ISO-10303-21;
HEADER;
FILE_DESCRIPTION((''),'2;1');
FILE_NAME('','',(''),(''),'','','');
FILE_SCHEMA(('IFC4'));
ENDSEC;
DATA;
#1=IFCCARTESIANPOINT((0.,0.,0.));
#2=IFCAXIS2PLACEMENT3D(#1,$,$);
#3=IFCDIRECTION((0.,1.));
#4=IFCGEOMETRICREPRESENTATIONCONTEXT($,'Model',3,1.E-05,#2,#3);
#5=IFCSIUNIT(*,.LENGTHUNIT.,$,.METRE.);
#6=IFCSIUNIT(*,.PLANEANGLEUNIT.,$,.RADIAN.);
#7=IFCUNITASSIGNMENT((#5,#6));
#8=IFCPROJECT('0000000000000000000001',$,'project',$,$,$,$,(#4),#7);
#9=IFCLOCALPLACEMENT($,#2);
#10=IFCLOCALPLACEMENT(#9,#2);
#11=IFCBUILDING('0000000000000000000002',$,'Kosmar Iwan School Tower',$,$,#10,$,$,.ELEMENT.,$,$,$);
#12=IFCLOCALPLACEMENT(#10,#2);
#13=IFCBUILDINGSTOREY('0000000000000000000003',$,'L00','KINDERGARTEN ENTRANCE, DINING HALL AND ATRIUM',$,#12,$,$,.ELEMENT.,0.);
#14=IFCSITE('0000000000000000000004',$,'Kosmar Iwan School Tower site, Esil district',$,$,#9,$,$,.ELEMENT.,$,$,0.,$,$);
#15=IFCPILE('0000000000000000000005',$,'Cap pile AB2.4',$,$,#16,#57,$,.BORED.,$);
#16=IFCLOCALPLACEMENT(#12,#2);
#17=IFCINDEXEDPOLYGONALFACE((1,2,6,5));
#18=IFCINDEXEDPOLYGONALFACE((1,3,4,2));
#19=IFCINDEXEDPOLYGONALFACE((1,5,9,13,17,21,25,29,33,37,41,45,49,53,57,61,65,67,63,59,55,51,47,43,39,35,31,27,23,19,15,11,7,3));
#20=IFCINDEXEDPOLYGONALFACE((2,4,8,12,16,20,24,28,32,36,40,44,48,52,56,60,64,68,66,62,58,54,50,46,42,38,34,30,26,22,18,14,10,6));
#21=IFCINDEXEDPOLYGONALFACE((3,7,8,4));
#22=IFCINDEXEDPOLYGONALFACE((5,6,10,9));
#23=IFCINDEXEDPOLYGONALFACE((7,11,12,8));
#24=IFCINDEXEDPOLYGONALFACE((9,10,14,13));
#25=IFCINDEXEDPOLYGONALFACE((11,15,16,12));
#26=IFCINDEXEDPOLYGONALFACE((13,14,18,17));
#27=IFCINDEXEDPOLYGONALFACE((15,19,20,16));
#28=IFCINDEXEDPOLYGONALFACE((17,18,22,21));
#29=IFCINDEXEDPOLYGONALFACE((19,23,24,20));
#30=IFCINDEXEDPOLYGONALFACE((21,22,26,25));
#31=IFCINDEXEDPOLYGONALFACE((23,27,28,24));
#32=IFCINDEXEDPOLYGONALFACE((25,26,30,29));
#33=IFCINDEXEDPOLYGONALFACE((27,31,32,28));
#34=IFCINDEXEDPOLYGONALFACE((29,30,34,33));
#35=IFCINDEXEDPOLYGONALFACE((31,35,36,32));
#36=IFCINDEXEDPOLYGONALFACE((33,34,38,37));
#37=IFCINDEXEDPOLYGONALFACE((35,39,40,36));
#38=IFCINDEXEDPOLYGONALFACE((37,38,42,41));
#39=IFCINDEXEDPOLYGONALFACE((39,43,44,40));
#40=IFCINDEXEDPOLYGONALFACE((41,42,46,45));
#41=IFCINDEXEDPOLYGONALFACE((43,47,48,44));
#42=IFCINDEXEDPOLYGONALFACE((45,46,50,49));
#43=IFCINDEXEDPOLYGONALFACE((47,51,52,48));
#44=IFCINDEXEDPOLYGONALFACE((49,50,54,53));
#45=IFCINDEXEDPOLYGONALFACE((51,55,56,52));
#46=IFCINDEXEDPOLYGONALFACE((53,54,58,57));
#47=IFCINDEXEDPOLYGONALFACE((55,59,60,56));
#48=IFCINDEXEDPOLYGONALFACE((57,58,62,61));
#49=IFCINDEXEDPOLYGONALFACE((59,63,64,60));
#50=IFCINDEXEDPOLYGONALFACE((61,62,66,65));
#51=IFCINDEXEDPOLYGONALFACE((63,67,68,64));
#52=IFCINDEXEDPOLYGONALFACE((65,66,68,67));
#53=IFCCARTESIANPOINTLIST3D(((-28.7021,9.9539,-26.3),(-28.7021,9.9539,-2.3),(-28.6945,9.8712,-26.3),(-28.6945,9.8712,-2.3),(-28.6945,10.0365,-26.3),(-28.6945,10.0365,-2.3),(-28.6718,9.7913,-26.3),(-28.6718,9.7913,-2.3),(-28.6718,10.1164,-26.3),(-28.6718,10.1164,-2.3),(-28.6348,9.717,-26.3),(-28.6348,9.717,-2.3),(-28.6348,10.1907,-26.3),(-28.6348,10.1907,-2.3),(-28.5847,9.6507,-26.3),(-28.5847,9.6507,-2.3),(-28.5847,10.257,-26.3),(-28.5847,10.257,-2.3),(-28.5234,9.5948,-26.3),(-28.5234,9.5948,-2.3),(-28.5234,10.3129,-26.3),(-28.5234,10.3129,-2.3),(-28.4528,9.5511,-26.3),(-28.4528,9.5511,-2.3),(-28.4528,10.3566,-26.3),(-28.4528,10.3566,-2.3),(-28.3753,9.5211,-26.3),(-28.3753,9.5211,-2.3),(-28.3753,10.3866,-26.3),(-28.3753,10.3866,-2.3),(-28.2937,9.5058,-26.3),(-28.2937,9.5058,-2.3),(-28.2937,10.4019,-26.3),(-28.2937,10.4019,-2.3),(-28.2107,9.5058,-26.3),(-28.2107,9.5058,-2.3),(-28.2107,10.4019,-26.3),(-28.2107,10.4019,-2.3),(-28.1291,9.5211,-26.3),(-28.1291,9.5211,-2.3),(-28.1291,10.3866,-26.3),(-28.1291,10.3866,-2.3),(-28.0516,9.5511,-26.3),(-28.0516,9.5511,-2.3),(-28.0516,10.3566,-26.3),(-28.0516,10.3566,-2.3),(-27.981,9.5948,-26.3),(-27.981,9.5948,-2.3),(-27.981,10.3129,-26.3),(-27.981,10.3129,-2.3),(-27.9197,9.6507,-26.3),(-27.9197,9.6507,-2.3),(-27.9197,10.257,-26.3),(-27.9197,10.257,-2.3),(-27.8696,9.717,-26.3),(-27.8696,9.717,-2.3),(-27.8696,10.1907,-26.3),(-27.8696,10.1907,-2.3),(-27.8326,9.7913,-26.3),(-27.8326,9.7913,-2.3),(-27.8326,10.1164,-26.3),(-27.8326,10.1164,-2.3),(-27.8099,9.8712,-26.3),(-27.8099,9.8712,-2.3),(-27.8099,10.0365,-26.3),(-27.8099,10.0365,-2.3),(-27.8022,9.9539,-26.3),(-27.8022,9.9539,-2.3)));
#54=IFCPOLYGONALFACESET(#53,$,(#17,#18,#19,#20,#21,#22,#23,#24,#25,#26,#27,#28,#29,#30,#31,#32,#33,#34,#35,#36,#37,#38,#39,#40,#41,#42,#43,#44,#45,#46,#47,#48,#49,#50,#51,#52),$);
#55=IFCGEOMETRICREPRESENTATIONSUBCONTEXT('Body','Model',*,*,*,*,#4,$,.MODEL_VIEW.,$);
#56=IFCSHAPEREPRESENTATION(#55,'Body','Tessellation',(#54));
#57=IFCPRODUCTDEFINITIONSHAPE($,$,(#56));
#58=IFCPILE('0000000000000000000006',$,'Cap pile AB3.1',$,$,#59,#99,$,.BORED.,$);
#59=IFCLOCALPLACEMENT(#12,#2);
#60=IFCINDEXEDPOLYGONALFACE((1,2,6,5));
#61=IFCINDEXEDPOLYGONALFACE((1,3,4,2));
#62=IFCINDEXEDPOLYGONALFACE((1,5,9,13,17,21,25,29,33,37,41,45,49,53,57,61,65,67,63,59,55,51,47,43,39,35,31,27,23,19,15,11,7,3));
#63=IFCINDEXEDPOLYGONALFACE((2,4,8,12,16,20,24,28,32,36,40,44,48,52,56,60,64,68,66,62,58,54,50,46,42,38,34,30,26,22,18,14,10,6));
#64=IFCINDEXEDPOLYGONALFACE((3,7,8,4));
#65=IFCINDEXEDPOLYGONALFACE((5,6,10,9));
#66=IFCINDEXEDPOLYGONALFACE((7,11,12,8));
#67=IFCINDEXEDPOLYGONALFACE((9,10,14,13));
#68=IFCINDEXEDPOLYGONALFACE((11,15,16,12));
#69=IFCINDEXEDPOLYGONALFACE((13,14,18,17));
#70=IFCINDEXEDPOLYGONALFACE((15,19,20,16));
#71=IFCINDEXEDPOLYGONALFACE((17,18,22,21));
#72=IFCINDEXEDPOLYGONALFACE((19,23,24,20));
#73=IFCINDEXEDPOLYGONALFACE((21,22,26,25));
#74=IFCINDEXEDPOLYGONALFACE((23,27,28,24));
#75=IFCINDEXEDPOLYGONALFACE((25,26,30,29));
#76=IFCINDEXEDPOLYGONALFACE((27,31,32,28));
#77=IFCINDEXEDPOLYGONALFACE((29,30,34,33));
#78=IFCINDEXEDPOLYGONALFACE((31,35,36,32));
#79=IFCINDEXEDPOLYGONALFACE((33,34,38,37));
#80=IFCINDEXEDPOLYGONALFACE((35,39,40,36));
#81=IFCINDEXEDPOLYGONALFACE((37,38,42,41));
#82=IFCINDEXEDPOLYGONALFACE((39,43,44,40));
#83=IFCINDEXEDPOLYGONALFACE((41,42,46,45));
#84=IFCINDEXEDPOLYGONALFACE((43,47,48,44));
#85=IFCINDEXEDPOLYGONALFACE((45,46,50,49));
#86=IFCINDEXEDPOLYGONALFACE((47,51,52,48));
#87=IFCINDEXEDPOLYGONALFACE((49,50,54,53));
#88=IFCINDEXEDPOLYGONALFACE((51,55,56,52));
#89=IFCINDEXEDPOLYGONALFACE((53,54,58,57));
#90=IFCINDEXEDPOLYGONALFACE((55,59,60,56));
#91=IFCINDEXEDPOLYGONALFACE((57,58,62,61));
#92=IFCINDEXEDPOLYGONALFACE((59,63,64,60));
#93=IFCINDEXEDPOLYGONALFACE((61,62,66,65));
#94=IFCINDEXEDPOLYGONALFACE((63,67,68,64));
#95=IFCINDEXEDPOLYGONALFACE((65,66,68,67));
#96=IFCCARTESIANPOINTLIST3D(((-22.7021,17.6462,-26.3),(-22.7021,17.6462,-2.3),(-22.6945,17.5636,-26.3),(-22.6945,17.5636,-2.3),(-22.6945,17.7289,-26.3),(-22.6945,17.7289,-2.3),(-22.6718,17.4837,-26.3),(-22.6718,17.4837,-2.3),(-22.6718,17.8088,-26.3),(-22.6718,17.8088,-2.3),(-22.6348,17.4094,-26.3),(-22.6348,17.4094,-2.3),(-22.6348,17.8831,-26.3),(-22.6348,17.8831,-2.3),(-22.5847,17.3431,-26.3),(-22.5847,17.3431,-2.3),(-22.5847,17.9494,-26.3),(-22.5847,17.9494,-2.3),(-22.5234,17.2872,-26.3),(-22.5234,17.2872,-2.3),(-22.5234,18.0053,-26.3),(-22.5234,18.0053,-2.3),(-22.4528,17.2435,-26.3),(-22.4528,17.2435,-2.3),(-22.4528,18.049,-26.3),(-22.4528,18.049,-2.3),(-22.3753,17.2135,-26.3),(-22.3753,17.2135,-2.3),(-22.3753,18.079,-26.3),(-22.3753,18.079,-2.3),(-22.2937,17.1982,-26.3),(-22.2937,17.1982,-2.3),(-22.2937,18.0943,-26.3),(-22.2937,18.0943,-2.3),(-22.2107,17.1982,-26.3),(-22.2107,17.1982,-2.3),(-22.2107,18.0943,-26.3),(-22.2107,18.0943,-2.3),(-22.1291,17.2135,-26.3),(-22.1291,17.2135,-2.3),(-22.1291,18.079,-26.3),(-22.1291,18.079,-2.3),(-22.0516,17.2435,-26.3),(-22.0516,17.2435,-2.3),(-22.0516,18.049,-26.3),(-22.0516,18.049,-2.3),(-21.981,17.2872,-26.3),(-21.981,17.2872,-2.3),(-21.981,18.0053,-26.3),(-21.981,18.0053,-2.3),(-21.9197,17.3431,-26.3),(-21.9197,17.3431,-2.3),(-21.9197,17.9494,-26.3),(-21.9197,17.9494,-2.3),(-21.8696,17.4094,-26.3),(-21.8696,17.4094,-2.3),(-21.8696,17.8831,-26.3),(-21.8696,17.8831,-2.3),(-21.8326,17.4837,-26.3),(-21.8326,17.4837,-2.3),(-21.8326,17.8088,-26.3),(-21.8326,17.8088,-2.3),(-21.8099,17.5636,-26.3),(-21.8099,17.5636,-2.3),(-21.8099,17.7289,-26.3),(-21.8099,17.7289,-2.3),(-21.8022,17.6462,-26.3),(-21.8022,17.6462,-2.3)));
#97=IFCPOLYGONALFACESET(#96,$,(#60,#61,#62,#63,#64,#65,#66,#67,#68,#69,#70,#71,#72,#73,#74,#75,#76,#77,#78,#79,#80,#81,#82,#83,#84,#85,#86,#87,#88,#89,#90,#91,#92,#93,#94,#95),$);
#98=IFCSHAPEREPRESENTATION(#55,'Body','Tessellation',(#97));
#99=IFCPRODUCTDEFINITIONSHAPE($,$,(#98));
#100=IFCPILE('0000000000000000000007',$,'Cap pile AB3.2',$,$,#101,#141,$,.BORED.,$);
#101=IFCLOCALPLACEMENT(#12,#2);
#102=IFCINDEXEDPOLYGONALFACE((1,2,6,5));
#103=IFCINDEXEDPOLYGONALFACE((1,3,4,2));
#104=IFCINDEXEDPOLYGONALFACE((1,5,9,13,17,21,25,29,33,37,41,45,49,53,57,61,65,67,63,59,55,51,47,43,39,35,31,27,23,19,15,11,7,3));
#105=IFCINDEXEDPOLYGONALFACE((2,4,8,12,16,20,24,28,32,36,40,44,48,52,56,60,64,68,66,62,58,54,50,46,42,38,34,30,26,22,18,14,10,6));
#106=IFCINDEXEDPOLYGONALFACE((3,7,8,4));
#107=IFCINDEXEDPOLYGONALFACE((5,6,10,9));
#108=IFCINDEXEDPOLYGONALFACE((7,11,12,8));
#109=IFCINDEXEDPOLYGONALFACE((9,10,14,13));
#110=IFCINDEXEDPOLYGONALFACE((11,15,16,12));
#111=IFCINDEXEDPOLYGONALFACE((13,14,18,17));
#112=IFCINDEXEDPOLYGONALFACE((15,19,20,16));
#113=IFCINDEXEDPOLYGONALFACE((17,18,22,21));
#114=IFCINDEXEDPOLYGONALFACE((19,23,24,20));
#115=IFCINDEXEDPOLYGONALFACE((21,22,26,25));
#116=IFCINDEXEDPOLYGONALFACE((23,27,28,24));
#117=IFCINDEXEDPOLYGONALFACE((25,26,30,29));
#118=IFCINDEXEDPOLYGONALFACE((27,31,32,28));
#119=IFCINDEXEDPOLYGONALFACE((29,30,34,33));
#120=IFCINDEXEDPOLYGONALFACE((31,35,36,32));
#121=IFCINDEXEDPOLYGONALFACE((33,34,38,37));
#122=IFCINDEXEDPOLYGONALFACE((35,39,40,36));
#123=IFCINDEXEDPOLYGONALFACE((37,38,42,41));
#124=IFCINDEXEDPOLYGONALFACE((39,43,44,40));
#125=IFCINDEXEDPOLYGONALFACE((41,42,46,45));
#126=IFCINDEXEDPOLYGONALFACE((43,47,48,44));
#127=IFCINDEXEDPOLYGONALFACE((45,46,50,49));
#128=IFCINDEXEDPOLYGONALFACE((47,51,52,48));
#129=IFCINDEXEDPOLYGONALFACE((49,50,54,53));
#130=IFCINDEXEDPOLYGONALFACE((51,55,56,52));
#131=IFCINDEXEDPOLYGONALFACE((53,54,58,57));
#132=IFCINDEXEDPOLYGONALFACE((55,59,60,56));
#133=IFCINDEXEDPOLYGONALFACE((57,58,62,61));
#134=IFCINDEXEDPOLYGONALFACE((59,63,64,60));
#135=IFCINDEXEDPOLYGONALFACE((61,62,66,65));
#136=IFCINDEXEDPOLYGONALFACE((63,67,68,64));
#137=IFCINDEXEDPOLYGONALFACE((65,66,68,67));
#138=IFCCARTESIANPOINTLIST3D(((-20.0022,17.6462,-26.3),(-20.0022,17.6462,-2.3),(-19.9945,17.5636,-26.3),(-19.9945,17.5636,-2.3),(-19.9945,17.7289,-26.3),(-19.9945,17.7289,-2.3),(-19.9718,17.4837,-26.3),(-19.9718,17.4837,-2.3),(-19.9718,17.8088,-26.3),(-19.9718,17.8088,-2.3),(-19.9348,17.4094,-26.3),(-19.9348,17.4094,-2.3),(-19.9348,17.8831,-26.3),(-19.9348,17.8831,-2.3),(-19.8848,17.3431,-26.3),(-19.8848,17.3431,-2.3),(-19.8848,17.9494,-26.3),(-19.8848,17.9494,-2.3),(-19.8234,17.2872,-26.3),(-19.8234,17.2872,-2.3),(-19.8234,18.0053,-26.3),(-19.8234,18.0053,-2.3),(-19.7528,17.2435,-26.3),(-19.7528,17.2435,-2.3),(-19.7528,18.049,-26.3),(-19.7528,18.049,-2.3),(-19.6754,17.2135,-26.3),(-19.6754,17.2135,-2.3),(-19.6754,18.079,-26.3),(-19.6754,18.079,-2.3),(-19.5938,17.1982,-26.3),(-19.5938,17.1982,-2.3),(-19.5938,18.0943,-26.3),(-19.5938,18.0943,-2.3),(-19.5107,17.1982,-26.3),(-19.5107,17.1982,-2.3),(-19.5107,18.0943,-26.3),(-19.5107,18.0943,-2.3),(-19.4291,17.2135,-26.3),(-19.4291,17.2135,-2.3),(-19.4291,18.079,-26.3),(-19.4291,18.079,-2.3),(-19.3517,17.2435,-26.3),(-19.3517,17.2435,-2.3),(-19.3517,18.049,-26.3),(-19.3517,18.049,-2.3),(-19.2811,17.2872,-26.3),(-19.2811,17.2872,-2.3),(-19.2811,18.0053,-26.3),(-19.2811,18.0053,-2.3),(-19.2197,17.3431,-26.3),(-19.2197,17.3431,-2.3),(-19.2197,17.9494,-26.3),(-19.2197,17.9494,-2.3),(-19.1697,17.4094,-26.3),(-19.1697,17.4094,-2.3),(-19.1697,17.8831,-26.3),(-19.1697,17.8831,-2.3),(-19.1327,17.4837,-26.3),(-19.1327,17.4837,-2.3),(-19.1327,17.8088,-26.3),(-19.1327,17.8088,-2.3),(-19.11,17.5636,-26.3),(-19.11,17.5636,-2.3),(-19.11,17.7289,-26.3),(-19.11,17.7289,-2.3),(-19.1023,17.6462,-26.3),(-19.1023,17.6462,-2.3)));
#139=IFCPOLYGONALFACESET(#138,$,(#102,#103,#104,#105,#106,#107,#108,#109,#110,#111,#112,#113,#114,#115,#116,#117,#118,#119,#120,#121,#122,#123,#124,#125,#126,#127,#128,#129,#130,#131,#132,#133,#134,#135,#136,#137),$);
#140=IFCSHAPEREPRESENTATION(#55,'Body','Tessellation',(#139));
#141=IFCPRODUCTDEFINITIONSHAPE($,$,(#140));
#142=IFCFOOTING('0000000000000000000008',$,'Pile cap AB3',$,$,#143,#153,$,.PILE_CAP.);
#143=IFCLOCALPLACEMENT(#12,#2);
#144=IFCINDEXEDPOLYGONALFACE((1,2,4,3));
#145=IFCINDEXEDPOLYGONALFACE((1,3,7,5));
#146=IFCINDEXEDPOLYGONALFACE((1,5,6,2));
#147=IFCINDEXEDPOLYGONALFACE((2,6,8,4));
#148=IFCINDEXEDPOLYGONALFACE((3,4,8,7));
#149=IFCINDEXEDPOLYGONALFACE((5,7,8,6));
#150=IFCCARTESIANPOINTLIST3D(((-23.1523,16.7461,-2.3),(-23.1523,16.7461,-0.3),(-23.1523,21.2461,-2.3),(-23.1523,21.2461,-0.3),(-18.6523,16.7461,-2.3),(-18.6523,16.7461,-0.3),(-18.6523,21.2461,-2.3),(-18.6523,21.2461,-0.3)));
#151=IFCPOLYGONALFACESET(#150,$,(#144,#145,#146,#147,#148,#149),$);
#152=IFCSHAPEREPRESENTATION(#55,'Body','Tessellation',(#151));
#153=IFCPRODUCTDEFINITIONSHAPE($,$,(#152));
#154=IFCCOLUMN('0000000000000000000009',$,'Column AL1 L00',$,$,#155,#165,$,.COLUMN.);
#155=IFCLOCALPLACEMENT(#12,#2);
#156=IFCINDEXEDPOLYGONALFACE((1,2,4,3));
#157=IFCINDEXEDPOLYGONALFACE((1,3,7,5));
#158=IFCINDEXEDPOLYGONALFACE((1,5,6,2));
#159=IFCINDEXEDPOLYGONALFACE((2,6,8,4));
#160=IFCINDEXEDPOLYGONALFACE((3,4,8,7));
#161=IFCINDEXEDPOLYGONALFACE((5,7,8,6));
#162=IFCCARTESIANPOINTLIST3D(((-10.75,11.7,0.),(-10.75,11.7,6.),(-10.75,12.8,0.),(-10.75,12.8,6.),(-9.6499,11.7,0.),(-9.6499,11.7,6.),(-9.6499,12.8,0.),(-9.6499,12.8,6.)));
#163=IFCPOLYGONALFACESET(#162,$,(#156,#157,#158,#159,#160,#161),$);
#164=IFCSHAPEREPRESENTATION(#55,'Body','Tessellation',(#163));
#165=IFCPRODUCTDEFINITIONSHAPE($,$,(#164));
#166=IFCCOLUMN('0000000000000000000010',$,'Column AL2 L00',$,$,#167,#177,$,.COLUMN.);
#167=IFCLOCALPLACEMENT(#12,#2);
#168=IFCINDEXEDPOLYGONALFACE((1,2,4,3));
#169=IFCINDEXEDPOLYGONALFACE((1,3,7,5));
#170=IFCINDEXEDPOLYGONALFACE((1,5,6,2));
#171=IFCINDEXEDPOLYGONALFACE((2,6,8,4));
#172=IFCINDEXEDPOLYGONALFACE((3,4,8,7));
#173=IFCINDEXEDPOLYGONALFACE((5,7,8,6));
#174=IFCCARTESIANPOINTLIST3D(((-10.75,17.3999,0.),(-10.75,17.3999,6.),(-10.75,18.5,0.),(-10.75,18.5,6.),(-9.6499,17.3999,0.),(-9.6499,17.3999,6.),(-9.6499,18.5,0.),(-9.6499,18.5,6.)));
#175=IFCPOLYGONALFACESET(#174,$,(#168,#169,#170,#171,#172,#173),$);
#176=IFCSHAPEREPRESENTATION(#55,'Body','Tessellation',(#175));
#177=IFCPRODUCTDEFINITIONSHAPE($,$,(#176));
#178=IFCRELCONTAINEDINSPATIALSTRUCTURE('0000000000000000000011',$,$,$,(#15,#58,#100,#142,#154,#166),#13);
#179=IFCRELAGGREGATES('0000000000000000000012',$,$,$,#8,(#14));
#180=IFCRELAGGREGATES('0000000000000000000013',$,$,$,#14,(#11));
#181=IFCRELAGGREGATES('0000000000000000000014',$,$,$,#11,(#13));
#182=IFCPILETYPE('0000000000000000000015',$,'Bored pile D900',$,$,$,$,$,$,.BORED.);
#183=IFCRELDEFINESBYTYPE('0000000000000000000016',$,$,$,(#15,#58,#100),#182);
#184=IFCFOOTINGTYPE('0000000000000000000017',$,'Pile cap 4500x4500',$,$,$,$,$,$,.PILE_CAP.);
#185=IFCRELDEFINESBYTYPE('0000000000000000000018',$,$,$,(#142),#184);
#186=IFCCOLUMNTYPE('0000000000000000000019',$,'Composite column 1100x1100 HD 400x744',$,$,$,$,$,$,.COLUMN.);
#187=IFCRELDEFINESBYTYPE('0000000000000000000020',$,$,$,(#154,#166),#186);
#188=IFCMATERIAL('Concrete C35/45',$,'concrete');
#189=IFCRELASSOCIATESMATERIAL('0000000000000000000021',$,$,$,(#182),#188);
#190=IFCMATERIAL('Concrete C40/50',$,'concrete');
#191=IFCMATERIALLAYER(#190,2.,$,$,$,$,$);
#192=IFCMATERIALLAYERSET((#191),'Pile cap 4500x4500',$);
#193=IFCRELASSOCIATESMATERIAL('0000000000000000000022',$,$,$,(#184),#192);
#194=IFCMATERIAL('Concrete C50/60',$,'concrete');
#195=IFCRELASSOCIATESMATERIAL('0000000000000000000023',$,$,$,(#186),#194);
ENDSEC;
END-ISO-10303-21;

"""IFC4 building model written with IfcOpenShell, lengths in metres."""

from ifc_helpers import new_model, si_unit, direction, frame, origin, origin_2d, place, context, subcontext, project, spatial, rectangle, circle, extrude, material, layer, layer_set, material_profile, profile_set, type_object, element, save


model = new_model("IFC4")

# Units and contexts
model_context = context("Model", 3, precision=1e-05, world=origin(), true_north=direction((0.0, 1.0)))
body_context = subcontext(model_context, "Body", "Model", "MODEL_VIEW")
ifc_project = project(units=[si_unit("LENGTHUNIT", "METRE"), si_unit("PLANEANGLEUNIT", "RADIAN")], contexts=[model_context])

# Site, building, storey
site_placement = place(None, origin())
site = spatial("IfcSite", under=ifc_project, at=site_placement, Name="Kosmar Iwan School Tower site, Esil district", CompositionType="ELEMENT", RefElevation=0.0)
building_placement = place(site_placement, origin())
building = spatial("IfcBuilding", under=site, at=building_placement, Name="Kosmar Iwan School Tower", CompositionType="ELEMENT")
storey_placement = place(building_placement, origin())
storey = spatial("IfcBuildingStorey", under=building, at=storey_placement, Name="L00", Description="KINDERGARTEN ENTRANCE, DINING HALL AND ATRIUM", CompositionType="ELEMENT", Elevation=0.0)

# Piles
ifc_material_1 = material(Name="Concrete C35/45", Category="concrete")
ifc_material_profile_1 = material_profile(ifc_material_1, circle(Radius=0.45, at=origin_2d()), Name="D900")
ifc_profile_set_1 = profile_set([ifc_material_profile_1], Name="Concrete C35/45")
pile_type_1 = type_object("IfcPileType", Name="Bored pile D900", PredefinedType="BORED", material=ifc_profile_set_1)
for number, where, z_axis, x_axis, name in (
    (1, (-28.2522, 9.9539, -2.3), (0.0, 0.0, -1.0), (1.0, 0.0, 0.0), "Cap pile AB2.4"),
    (2, (-22.2522, 17.6462, -2.3), (0.0, 0.0, -1.0), (1.0, 0.0, 0.0), "Cap pile AB3.1"),
    (3, (-19.5522, 17.6462, -2.3), (0.0, 0.0, -1.0), (1.0, 0.0, 0.0), "Cap pile AB3.2"),
):
    element("IfcPile", number, at=place(storey_placement, frame(where, z_axis=z_axis, x_axis=x_axis)), inside=storey, type_object=pile_type_1, Name=name, PredefinedType="BORED", context=body_context, shape_type="SweptSolid", body=[
        extrude(circle(Radius=0.45, at=origin_2d()), origin(), (0.0, 0.0, 1.0), 24.0),
    ])

# Footing
ifc_material_2 = material(Name="Concrete C40/50", Category="concrete")
ifc_layer_1 = layer(ifc_material_2, 2.0)
ifc_layer_set_1 = layer_set([ifc_layer_1], Name="Pile cap 4500x4500")
footing_type = type_object("IfcFootingType", Name="Pile cap 4500x4500", PredefinedType="PILE_CAP", material=ifc_layer_set_1)
footing_placement = place(storey_placement, frame((-20.9023, 18.9961, -2.3), z_axis=(0.0, 0.0, 1.0), x_axis=(1.0, 0.0, 0.0)))
element("IfcFooting", 4, at=footing_placement, inside=storey, type_object=footing_type, Name="Pile cap AB3", PredefinedType="PILE_CAP", context=body_context, shape_type="SweptSolid", body=[
    extrude(rectangle(XDim=4.5, YDim=4.5, at=origin_2d()), origin(), (0.0, 0.0, 1.0), 2.0),
])

# Columns
ifc_material_3 = material(Name="Concrete C50/60", Category="concrete")
ifc_material_profile_2 = material_profile(ifc_material_3, rectangle(XDim=1.1001, YDim=1.1001, at=origin_2d()), Name="RC 1100x1100 + HD 400x744")
ifc_profile_set_2 = profile_set([ifc_material_profile_2], Name="Concrete C50/60")
column_type_1 = type_object("IfcColumnType", Name="Composite column 1100x1100 HD 400x744", PredefinedType="COLUMN", material=ifc_profile_set_2)
for number, where, z_axis, x_axis, name in (
    (5, (-10.2, 12.25, 0.0), (0.0, 0.0, 1.0), (0.0, 1.0, 0.0), "Column AL1 L00"),
    (6, (-10.2, 17.95, 0.0), (0.0, 0.0, 1.0), (0.0, 1.0, 0.0), "Column AL2 L00"),
):
    element("IfcColumn", number, at=place(storey_placement, frame(where, z_axis=z_axis, x_axis=x_axis)), inside=storey, type_object=column_type_1, Name=name, PredefinedType="COLUMN", context=body_context, shape_type="SweptSolid", body=[
        extrude(rectangle(XDim=1.1001, YDim=1.1001, at=origin_2d()), origin(), (0.0, 0.0, 1.0), 6.0),
    ])

save(model, "model.ifc")
